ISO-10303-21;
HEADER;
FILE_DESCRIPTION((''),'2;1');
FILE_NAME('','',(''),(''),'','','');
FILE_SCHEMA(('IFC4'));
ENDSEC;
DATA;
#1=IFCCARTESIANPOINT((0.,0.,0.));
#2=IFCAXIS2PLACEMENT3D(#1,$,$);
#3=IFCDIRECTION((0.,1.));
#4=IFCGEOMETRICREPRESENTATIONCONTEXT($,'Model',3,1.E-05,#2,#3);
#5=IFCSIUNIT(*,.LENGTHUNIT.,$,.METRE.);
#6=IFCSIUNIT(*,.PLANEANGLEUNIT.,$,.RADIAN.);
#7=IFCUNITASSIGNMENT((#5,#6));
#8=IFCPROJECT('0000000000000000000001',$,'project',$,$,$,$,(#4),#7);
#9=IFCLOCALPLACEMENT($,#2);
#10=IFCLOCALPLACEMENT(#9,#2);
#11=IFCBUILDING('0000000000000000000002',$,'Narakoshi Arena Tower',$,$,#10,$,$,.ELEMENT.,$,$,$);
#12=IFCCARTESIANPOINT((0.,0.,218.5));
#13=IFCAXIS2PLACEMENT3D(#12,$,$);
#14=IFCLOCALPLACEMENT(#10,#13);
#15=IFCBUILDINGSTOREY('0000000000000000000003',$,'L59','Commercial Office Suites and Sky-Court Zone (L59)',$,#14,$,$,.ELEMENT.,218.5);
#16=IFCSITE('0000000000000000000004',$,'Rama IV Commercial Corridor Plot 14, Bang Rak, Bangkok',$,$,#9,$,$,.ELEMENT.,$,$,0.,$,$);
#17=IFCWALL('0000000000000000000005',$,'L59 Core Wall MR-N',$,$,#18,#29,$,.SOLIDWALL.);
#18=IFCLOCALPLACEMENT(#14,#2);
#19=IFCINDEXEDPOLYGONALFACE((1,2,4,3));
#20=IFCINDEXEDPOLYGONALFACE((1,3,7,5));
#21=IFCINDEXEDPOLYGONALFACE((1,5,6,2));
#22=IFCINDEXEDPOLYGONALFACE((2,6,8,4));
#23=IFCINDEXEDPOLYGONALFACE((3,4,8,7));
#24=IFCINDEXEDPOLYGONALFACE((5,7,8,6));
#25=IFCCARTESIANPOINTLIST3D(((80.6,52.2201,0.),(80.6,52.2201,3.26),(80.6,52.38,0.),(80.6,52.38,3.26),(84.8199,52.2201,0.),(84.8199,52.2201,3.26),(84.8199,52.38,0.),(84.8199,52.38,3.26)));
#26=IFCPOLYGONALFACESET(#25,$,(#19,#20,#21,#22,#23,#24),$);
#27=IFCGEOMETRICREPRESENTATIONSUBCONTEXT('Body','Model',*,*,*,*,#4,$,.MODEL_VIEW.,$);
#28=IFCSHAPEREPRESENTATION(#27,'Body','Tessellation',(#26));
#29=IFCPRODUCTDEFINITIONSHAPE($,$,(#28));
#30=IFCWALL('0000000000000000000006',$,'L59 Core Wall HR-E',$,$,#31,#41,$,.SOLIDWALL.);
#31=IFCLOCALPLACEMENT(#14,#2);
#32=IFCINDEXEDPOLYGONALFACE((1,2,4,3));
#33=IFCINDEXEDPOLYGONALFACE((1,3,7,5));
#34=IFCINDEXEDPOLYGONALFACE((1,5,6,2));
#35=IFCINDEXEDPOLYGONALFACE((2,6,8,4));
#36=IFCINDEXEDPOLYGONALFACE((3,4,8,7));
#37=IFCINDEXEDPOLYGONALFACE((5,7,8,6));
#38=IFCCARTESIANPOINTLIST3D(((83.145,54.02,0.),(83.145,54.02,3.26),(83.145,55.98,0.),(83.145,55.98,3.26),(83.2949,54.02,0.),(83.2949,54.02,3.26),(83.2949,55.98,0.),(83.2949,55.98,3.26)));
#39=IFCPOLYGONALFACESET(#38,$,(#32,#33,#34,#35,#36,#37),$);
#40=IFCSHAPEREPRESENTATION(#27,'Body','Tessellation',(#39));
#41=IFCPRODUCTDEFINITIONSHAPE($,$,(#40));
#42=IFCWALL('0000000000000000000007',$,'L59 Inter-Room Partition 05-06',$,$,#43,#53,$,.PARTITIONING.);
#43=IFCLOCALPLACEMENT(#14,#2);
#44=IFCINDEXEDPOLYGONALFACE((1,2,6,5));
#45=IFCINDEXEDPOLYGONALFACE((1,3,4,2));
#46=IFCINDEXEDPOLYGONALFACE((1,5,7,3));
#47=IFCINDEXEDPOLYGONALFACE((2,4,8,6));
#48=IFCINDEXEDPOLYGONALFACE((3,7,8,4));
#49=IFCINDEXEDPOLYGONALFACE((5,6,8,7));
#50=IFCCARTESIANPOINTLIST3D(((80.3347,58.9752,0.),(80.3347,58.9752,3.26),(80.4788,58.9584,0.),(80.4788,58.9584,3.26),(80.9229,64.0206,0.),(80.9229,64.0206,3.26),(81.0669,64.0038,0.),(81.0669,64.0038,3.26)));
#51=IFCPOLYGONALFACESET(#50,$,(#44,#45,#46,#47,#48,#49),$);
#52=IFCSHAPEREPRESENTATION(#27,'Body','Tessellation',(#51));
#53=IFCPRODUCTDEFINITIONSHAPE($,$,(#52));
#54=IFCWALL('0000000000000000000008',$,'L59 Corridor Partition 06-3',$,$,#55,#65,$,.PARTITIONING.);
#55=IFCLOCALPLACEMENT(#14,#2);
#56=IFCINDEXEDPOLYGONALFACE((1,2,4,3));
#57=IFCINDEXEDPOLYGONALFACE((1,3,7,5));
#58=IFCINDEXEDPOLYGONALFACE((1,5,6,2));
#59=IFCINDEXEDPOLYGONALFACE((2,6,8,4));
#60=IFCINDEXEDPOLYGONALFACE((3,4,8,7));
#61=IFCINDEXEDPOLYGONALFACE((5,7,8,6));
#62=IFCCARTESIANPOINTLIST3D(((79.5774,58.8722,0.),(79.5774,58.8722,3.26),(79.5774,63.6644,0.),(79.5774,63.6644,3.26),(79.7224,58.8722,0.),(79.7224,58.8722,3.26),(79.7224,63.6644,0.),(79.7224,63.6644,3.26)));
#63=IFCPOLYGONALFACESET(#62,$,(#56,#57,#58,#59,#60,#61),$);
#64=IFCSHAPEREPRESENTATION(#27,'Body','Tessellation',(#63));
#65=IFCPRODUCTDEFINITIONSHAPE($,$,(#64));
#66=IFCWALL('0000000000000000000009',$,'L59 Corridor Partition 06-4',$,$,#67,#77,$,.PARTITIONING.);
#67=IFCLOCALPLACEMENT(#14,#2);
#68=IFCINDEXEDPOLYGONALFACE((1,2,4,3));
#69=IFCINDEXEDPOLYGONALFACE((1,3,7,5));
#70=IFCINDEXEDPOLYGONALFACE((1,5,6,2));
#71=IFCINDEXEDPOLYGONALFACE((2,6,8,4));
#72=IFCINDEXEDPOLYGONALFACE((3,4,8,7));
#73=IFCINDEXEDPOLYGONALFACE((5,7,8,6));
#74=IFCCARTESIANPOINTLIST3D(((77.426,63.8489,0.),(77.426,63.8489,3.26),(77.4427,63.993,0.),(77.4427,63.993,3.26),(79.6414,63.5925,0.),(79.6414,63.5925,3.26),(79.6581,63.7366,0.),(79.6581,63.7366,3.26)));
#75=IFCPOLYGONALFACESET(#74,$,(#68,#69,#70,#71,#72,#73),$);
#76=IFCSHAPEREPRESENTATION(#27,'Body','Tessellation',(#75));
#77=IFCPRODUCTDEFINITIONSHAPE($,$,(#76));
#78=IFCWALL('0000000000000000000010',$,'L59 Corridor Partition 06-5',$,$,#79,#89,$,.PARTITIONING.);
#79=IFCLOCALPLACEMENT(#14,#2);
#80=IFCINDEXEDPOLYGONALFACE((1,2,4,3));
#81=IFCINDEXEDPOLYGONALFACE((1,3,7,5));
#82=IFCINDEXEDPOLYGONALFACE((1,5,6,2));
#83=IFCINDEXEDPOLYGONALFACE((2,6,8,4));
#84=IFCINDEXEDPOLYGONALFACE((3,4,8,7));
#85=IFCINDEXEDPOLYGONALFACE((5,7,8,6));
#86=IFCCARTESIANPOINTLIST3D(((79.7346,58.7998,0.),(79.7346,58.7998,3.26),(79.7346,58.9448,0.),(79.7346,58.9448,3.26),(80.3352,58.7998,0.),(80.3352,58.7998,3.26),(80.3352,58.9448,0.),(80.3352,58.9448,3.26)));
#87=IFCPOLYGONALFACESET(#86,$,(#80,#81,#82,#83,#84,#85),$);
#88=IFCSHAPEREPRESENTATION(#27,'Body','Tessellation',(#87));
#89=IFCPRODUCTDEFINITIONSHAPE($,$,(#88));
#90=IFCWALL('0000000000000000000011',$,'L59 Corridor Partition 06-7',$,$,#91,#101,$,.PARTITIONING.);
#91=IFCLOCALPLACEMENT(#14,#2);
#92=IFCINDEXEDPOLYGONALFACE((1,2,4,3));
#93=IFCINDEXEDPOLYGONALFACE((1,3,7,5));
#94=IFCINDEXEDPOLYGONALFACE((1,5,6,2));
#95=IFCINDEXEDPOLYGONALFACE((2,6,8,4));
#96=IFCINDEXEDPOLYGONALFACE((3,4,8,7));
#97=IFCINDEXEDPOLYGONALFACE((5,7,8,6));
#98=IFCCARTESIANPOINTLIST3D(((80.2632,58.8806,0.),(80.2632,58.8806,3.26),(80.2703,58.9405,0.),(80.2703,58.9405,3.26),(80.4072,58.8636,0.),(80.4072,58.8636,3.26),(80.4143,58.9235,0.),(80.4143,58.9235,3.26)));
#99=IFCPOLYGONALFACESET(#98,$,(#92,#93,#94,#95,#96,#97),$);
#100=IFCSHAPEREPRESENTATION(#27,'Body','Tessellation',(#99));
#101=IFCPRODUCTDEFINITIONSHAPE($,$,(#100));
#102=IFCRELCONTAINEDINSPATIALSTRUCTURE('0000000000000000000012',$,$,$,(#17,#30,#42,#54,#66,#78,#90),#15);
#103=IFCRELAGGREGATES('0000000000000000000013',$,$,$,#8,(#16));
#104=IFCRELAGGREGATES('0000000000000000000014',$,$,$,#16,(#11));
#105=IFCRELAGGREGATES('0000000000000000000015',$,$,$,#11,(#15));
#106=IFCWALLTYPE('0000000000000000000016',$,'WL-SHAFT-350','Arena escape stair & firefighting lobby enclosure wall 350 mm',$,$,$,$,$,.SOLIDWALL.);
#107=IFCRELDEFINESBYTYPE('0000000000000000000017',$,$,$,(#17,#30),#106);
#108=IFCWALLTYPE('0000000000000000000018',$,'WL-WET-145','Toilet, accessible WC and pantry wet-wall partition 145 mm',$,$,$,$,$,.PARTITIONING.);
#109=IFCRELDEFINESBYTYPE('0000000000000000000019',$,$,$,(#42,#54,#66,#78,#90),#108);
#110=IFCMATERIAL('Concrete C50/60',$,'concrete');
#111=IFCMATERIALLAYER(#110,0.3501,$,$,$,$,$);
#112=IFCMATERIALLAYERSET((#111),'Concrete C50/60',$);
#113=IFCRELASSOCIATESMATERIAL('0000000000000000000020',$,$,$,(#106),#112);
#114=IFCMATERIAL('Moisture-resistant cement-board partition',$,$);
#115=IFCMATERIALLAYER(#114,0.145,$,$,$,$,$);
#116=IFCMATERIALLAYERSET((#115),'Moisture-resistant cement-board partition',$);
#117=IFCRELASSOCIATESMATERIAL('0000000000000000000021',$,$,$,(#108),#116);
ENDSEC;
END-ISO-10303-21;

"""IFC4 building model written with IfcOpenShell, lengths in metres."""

from ifc_helpers import new_model, si_unit, direction, frame, frame_2d, origin, place, context, subcontext, project, spatial, rectangle, extrude, material, layer, layer_set, type_object, element, save


model = new_model("IFC4")

# Units and contexts
model_context = context("Model", 3, precision=1e-05, world=origin(), true_north=direction((0.0, 1.0)))
body_context = subcontext(model_context, "Body", "Model", "MODEL_VIEW")
ifc_project = project(units=[si_unit("LENGTHUNIT", "METRE"), si_unit("PLANEANGLEUNIT", "RADIAN")], contexts=[model_context])

# Site, building, storey
site_placement = place(None, origin())
site = spatial("IfcSite", under=ifc_project, at=site_placement, Name="Rama IV Commercial Corridor Plot 14, Bang Rak, Bangkok", CompositionType="ELEMENT", RefElevation=0.0)
building_placement = place(site_placement, origin())
building = spatial("IfcBuilding", under=site, at=building_placement, Name="Narakoshi Arena Tower", CompositionType="ELEMENT")
storey_placement = place(building_placement, frame((0.0, 0.0, 218.5)))
storey = spatial("IfcBuildingStorey", under=building, at=storey_placement, Name="L59", Description="Commercial Office Suites and Sky-Court Zone (L59)", CompositionType="ELEMENT", Elevation=218.5)

# Shared definitions
ifc_material_1 = material(Name="Concrete C50/60", Category="concrete")

# Shared definitions
ifc_layer_1 = layer(ifc_material_1, 0.3501)
ifc_layer_set_1 = layer_set([ifc_layer_1], Name="Concrete C50/60")
wall_type_1 = type_object("IfcWallType", Name="WL-SHAFT-350", Description="Arena escape stair & firefighting lobby enclosure wall 350 mm", PredefinedType="SOLIDWALL", material=ifc_layer_set_1)

# Walls
wall_1_placement = place(storey_placement, frame((80.6001, 52.3, 0.0), z_axis=(0.0, 0.0, 1.0), x_axis=(1.0, 0.0, 0.0)))
element("IfcWall", 1, at=wall_1_placement, inside=storey, type_object=wall_type_1, Name="L59 Core Wall MR-N", PredefinedType="SOLIDWALL", context=body_context, shape_type="SweptSolid", body=[
    extrude(rectangle(XDim=4.22, YDim=0.1599, at=frame_2d((2.1099, 0.0))), origin(), (0.0, 0.0, 1.0), 3.26),
])
wall_2_placement = place(storey_placement, frame((83.22, 54.02, 0.0), z_axis=(0.0, 0.0, 1.0), x_axis=(0.0, 1.0, 0.0)))
element("IfcWall", 2, at=wall_2_placement, inside=storey, type_object=wall_type_1, Name="L59 Core Wall HR-E", PredefinedType="SOLIDWALL", context=body_context, shape_type="SweptSolid", body=[
    extrude(rectangle(XDim=1.96, YDim=0.1499, at=frame_2d((0.98, 0.0))), origin(), (0.0, 0.0, 1.0), 3.26),
])
ifc_material_2 = material(Name="Moisture-resistant cement-board partition")
ifc_layer_2 = layer(ifc_material_2, 0.145)
ifc_layer_set_2 = layer_set([ifc_layer_2], Name="Moisture-resistant cement-board partition")
wall_type_2 = type_object("IfcWallType", Name="WL-WET-145", Description="Toilet, accessible WC and pantry wet-wall partition 145 mm", PredefinedType="PARTITIONING", material=ifc_layer_set_2)
wall_3_placement = place(storey_placement, frame((80.4067, 58.9668, 0.0), z_axis=(0.0, 0.0, 1.0), x_axis=(0.115784, 0.993274, 0.0)))
element("IfcWall", 3, at=wall_3_placement, inside=storey, type_object=wall_type_2, Name="L59 Inter-Room Partition 05-06", PredefinedType="PARTITIONING", context=body_context, shape_type="SweptSolid", body=[
    extrude(rectangle(XDim=5.0796, YDim=0.145, at=frame_2d((2.5398, 0.0))), origin(), (0.0, 0.0, 1.0), 3.26),
])
wall_4_placement = place(storey_placement, frame((79.6499, 58.8723, 0.0), z_axis=(0.0, 0.0, 1.0), x_axis=(0.0, 1.0, 0.0)))
element("IfcWall", 4, at=wall_4_placement, inside=storey, type_object=wall_type_2, Name="L59 Corridor Partition 06-3", PredefinedType="PARTITIONING", context=body_context, shape_type="SweptSolid", body=[
    extrude(rectangle(XDim=4.7922, YDim=0.145, at=frame_2d((2.396, 0.0))), origin(), (0.0, 0.0, 1.0), 3.26),
])
wall_5_placement = place(storey_placement, frame((79.6499, 63.6646, 0.0), z_axis=(0.0, 0.0, 1.0), x_axis=(-0.993371, 0.114948, 0.0)))
element("IfcWall", 5, at=wall_5_placement, inside=storey, type_object=wall_type_2, Name="L59 Corridor Partition 06-4", PredefinedType="PARTITIONING", context=body_context, shape_type="SweptSolid", body=[
    extrude(rectangle(XDim=2.2302, YDim=0.145, at=frame_2d((1.1152, 0.0))), origin(), (0.0, 0.0, 1.0), 3.26),
])
wall_6_placement = place(storey_placement, frame((80.3352, 58.8723, 0.0), z_axis=(0.0, 0.0, 1.0), x_axis=(-1.0, 0.0, 0.0)))
element("IfcWall", 6, at=wall_6_placement, inside=storey, type_object=wall_type_2, Name="L59 Corridor Partition 06-5", PredefinedType="PARTITIONING", context=body_context, shape_type="SweptSolid", body=[
    extrude(rectangle(XDim=0.6006, YDim=0.145, at=frame_2d((0.3003, 0.0))), origin(), (0.0, 0.0, 1.0), 3.26),
])
wall_7_placement = place(storey_placement, frame((80.3423, 58.9321, 0.0), z_axis=(0.0, 0.0, 1.0), x_axis=(-0.117547, -0.993067, 0.0)))
element("IfcWall", 7, at=wall_7_placement, inside=storey, type_object=wall_type_2, Name="L59 Corridor Partition 06-7", PredefinedType="PARTITIONING", context=body_context, shape_type="SweptSolid", body=[
    extrude(rectangle(XDim=0.0603, YDim=0.145, at=frame_2d((0.0303, 0.0))), origin(), (0.0, 0.0, 1.0), 3.26),
])

save(model, "model.ifc")
